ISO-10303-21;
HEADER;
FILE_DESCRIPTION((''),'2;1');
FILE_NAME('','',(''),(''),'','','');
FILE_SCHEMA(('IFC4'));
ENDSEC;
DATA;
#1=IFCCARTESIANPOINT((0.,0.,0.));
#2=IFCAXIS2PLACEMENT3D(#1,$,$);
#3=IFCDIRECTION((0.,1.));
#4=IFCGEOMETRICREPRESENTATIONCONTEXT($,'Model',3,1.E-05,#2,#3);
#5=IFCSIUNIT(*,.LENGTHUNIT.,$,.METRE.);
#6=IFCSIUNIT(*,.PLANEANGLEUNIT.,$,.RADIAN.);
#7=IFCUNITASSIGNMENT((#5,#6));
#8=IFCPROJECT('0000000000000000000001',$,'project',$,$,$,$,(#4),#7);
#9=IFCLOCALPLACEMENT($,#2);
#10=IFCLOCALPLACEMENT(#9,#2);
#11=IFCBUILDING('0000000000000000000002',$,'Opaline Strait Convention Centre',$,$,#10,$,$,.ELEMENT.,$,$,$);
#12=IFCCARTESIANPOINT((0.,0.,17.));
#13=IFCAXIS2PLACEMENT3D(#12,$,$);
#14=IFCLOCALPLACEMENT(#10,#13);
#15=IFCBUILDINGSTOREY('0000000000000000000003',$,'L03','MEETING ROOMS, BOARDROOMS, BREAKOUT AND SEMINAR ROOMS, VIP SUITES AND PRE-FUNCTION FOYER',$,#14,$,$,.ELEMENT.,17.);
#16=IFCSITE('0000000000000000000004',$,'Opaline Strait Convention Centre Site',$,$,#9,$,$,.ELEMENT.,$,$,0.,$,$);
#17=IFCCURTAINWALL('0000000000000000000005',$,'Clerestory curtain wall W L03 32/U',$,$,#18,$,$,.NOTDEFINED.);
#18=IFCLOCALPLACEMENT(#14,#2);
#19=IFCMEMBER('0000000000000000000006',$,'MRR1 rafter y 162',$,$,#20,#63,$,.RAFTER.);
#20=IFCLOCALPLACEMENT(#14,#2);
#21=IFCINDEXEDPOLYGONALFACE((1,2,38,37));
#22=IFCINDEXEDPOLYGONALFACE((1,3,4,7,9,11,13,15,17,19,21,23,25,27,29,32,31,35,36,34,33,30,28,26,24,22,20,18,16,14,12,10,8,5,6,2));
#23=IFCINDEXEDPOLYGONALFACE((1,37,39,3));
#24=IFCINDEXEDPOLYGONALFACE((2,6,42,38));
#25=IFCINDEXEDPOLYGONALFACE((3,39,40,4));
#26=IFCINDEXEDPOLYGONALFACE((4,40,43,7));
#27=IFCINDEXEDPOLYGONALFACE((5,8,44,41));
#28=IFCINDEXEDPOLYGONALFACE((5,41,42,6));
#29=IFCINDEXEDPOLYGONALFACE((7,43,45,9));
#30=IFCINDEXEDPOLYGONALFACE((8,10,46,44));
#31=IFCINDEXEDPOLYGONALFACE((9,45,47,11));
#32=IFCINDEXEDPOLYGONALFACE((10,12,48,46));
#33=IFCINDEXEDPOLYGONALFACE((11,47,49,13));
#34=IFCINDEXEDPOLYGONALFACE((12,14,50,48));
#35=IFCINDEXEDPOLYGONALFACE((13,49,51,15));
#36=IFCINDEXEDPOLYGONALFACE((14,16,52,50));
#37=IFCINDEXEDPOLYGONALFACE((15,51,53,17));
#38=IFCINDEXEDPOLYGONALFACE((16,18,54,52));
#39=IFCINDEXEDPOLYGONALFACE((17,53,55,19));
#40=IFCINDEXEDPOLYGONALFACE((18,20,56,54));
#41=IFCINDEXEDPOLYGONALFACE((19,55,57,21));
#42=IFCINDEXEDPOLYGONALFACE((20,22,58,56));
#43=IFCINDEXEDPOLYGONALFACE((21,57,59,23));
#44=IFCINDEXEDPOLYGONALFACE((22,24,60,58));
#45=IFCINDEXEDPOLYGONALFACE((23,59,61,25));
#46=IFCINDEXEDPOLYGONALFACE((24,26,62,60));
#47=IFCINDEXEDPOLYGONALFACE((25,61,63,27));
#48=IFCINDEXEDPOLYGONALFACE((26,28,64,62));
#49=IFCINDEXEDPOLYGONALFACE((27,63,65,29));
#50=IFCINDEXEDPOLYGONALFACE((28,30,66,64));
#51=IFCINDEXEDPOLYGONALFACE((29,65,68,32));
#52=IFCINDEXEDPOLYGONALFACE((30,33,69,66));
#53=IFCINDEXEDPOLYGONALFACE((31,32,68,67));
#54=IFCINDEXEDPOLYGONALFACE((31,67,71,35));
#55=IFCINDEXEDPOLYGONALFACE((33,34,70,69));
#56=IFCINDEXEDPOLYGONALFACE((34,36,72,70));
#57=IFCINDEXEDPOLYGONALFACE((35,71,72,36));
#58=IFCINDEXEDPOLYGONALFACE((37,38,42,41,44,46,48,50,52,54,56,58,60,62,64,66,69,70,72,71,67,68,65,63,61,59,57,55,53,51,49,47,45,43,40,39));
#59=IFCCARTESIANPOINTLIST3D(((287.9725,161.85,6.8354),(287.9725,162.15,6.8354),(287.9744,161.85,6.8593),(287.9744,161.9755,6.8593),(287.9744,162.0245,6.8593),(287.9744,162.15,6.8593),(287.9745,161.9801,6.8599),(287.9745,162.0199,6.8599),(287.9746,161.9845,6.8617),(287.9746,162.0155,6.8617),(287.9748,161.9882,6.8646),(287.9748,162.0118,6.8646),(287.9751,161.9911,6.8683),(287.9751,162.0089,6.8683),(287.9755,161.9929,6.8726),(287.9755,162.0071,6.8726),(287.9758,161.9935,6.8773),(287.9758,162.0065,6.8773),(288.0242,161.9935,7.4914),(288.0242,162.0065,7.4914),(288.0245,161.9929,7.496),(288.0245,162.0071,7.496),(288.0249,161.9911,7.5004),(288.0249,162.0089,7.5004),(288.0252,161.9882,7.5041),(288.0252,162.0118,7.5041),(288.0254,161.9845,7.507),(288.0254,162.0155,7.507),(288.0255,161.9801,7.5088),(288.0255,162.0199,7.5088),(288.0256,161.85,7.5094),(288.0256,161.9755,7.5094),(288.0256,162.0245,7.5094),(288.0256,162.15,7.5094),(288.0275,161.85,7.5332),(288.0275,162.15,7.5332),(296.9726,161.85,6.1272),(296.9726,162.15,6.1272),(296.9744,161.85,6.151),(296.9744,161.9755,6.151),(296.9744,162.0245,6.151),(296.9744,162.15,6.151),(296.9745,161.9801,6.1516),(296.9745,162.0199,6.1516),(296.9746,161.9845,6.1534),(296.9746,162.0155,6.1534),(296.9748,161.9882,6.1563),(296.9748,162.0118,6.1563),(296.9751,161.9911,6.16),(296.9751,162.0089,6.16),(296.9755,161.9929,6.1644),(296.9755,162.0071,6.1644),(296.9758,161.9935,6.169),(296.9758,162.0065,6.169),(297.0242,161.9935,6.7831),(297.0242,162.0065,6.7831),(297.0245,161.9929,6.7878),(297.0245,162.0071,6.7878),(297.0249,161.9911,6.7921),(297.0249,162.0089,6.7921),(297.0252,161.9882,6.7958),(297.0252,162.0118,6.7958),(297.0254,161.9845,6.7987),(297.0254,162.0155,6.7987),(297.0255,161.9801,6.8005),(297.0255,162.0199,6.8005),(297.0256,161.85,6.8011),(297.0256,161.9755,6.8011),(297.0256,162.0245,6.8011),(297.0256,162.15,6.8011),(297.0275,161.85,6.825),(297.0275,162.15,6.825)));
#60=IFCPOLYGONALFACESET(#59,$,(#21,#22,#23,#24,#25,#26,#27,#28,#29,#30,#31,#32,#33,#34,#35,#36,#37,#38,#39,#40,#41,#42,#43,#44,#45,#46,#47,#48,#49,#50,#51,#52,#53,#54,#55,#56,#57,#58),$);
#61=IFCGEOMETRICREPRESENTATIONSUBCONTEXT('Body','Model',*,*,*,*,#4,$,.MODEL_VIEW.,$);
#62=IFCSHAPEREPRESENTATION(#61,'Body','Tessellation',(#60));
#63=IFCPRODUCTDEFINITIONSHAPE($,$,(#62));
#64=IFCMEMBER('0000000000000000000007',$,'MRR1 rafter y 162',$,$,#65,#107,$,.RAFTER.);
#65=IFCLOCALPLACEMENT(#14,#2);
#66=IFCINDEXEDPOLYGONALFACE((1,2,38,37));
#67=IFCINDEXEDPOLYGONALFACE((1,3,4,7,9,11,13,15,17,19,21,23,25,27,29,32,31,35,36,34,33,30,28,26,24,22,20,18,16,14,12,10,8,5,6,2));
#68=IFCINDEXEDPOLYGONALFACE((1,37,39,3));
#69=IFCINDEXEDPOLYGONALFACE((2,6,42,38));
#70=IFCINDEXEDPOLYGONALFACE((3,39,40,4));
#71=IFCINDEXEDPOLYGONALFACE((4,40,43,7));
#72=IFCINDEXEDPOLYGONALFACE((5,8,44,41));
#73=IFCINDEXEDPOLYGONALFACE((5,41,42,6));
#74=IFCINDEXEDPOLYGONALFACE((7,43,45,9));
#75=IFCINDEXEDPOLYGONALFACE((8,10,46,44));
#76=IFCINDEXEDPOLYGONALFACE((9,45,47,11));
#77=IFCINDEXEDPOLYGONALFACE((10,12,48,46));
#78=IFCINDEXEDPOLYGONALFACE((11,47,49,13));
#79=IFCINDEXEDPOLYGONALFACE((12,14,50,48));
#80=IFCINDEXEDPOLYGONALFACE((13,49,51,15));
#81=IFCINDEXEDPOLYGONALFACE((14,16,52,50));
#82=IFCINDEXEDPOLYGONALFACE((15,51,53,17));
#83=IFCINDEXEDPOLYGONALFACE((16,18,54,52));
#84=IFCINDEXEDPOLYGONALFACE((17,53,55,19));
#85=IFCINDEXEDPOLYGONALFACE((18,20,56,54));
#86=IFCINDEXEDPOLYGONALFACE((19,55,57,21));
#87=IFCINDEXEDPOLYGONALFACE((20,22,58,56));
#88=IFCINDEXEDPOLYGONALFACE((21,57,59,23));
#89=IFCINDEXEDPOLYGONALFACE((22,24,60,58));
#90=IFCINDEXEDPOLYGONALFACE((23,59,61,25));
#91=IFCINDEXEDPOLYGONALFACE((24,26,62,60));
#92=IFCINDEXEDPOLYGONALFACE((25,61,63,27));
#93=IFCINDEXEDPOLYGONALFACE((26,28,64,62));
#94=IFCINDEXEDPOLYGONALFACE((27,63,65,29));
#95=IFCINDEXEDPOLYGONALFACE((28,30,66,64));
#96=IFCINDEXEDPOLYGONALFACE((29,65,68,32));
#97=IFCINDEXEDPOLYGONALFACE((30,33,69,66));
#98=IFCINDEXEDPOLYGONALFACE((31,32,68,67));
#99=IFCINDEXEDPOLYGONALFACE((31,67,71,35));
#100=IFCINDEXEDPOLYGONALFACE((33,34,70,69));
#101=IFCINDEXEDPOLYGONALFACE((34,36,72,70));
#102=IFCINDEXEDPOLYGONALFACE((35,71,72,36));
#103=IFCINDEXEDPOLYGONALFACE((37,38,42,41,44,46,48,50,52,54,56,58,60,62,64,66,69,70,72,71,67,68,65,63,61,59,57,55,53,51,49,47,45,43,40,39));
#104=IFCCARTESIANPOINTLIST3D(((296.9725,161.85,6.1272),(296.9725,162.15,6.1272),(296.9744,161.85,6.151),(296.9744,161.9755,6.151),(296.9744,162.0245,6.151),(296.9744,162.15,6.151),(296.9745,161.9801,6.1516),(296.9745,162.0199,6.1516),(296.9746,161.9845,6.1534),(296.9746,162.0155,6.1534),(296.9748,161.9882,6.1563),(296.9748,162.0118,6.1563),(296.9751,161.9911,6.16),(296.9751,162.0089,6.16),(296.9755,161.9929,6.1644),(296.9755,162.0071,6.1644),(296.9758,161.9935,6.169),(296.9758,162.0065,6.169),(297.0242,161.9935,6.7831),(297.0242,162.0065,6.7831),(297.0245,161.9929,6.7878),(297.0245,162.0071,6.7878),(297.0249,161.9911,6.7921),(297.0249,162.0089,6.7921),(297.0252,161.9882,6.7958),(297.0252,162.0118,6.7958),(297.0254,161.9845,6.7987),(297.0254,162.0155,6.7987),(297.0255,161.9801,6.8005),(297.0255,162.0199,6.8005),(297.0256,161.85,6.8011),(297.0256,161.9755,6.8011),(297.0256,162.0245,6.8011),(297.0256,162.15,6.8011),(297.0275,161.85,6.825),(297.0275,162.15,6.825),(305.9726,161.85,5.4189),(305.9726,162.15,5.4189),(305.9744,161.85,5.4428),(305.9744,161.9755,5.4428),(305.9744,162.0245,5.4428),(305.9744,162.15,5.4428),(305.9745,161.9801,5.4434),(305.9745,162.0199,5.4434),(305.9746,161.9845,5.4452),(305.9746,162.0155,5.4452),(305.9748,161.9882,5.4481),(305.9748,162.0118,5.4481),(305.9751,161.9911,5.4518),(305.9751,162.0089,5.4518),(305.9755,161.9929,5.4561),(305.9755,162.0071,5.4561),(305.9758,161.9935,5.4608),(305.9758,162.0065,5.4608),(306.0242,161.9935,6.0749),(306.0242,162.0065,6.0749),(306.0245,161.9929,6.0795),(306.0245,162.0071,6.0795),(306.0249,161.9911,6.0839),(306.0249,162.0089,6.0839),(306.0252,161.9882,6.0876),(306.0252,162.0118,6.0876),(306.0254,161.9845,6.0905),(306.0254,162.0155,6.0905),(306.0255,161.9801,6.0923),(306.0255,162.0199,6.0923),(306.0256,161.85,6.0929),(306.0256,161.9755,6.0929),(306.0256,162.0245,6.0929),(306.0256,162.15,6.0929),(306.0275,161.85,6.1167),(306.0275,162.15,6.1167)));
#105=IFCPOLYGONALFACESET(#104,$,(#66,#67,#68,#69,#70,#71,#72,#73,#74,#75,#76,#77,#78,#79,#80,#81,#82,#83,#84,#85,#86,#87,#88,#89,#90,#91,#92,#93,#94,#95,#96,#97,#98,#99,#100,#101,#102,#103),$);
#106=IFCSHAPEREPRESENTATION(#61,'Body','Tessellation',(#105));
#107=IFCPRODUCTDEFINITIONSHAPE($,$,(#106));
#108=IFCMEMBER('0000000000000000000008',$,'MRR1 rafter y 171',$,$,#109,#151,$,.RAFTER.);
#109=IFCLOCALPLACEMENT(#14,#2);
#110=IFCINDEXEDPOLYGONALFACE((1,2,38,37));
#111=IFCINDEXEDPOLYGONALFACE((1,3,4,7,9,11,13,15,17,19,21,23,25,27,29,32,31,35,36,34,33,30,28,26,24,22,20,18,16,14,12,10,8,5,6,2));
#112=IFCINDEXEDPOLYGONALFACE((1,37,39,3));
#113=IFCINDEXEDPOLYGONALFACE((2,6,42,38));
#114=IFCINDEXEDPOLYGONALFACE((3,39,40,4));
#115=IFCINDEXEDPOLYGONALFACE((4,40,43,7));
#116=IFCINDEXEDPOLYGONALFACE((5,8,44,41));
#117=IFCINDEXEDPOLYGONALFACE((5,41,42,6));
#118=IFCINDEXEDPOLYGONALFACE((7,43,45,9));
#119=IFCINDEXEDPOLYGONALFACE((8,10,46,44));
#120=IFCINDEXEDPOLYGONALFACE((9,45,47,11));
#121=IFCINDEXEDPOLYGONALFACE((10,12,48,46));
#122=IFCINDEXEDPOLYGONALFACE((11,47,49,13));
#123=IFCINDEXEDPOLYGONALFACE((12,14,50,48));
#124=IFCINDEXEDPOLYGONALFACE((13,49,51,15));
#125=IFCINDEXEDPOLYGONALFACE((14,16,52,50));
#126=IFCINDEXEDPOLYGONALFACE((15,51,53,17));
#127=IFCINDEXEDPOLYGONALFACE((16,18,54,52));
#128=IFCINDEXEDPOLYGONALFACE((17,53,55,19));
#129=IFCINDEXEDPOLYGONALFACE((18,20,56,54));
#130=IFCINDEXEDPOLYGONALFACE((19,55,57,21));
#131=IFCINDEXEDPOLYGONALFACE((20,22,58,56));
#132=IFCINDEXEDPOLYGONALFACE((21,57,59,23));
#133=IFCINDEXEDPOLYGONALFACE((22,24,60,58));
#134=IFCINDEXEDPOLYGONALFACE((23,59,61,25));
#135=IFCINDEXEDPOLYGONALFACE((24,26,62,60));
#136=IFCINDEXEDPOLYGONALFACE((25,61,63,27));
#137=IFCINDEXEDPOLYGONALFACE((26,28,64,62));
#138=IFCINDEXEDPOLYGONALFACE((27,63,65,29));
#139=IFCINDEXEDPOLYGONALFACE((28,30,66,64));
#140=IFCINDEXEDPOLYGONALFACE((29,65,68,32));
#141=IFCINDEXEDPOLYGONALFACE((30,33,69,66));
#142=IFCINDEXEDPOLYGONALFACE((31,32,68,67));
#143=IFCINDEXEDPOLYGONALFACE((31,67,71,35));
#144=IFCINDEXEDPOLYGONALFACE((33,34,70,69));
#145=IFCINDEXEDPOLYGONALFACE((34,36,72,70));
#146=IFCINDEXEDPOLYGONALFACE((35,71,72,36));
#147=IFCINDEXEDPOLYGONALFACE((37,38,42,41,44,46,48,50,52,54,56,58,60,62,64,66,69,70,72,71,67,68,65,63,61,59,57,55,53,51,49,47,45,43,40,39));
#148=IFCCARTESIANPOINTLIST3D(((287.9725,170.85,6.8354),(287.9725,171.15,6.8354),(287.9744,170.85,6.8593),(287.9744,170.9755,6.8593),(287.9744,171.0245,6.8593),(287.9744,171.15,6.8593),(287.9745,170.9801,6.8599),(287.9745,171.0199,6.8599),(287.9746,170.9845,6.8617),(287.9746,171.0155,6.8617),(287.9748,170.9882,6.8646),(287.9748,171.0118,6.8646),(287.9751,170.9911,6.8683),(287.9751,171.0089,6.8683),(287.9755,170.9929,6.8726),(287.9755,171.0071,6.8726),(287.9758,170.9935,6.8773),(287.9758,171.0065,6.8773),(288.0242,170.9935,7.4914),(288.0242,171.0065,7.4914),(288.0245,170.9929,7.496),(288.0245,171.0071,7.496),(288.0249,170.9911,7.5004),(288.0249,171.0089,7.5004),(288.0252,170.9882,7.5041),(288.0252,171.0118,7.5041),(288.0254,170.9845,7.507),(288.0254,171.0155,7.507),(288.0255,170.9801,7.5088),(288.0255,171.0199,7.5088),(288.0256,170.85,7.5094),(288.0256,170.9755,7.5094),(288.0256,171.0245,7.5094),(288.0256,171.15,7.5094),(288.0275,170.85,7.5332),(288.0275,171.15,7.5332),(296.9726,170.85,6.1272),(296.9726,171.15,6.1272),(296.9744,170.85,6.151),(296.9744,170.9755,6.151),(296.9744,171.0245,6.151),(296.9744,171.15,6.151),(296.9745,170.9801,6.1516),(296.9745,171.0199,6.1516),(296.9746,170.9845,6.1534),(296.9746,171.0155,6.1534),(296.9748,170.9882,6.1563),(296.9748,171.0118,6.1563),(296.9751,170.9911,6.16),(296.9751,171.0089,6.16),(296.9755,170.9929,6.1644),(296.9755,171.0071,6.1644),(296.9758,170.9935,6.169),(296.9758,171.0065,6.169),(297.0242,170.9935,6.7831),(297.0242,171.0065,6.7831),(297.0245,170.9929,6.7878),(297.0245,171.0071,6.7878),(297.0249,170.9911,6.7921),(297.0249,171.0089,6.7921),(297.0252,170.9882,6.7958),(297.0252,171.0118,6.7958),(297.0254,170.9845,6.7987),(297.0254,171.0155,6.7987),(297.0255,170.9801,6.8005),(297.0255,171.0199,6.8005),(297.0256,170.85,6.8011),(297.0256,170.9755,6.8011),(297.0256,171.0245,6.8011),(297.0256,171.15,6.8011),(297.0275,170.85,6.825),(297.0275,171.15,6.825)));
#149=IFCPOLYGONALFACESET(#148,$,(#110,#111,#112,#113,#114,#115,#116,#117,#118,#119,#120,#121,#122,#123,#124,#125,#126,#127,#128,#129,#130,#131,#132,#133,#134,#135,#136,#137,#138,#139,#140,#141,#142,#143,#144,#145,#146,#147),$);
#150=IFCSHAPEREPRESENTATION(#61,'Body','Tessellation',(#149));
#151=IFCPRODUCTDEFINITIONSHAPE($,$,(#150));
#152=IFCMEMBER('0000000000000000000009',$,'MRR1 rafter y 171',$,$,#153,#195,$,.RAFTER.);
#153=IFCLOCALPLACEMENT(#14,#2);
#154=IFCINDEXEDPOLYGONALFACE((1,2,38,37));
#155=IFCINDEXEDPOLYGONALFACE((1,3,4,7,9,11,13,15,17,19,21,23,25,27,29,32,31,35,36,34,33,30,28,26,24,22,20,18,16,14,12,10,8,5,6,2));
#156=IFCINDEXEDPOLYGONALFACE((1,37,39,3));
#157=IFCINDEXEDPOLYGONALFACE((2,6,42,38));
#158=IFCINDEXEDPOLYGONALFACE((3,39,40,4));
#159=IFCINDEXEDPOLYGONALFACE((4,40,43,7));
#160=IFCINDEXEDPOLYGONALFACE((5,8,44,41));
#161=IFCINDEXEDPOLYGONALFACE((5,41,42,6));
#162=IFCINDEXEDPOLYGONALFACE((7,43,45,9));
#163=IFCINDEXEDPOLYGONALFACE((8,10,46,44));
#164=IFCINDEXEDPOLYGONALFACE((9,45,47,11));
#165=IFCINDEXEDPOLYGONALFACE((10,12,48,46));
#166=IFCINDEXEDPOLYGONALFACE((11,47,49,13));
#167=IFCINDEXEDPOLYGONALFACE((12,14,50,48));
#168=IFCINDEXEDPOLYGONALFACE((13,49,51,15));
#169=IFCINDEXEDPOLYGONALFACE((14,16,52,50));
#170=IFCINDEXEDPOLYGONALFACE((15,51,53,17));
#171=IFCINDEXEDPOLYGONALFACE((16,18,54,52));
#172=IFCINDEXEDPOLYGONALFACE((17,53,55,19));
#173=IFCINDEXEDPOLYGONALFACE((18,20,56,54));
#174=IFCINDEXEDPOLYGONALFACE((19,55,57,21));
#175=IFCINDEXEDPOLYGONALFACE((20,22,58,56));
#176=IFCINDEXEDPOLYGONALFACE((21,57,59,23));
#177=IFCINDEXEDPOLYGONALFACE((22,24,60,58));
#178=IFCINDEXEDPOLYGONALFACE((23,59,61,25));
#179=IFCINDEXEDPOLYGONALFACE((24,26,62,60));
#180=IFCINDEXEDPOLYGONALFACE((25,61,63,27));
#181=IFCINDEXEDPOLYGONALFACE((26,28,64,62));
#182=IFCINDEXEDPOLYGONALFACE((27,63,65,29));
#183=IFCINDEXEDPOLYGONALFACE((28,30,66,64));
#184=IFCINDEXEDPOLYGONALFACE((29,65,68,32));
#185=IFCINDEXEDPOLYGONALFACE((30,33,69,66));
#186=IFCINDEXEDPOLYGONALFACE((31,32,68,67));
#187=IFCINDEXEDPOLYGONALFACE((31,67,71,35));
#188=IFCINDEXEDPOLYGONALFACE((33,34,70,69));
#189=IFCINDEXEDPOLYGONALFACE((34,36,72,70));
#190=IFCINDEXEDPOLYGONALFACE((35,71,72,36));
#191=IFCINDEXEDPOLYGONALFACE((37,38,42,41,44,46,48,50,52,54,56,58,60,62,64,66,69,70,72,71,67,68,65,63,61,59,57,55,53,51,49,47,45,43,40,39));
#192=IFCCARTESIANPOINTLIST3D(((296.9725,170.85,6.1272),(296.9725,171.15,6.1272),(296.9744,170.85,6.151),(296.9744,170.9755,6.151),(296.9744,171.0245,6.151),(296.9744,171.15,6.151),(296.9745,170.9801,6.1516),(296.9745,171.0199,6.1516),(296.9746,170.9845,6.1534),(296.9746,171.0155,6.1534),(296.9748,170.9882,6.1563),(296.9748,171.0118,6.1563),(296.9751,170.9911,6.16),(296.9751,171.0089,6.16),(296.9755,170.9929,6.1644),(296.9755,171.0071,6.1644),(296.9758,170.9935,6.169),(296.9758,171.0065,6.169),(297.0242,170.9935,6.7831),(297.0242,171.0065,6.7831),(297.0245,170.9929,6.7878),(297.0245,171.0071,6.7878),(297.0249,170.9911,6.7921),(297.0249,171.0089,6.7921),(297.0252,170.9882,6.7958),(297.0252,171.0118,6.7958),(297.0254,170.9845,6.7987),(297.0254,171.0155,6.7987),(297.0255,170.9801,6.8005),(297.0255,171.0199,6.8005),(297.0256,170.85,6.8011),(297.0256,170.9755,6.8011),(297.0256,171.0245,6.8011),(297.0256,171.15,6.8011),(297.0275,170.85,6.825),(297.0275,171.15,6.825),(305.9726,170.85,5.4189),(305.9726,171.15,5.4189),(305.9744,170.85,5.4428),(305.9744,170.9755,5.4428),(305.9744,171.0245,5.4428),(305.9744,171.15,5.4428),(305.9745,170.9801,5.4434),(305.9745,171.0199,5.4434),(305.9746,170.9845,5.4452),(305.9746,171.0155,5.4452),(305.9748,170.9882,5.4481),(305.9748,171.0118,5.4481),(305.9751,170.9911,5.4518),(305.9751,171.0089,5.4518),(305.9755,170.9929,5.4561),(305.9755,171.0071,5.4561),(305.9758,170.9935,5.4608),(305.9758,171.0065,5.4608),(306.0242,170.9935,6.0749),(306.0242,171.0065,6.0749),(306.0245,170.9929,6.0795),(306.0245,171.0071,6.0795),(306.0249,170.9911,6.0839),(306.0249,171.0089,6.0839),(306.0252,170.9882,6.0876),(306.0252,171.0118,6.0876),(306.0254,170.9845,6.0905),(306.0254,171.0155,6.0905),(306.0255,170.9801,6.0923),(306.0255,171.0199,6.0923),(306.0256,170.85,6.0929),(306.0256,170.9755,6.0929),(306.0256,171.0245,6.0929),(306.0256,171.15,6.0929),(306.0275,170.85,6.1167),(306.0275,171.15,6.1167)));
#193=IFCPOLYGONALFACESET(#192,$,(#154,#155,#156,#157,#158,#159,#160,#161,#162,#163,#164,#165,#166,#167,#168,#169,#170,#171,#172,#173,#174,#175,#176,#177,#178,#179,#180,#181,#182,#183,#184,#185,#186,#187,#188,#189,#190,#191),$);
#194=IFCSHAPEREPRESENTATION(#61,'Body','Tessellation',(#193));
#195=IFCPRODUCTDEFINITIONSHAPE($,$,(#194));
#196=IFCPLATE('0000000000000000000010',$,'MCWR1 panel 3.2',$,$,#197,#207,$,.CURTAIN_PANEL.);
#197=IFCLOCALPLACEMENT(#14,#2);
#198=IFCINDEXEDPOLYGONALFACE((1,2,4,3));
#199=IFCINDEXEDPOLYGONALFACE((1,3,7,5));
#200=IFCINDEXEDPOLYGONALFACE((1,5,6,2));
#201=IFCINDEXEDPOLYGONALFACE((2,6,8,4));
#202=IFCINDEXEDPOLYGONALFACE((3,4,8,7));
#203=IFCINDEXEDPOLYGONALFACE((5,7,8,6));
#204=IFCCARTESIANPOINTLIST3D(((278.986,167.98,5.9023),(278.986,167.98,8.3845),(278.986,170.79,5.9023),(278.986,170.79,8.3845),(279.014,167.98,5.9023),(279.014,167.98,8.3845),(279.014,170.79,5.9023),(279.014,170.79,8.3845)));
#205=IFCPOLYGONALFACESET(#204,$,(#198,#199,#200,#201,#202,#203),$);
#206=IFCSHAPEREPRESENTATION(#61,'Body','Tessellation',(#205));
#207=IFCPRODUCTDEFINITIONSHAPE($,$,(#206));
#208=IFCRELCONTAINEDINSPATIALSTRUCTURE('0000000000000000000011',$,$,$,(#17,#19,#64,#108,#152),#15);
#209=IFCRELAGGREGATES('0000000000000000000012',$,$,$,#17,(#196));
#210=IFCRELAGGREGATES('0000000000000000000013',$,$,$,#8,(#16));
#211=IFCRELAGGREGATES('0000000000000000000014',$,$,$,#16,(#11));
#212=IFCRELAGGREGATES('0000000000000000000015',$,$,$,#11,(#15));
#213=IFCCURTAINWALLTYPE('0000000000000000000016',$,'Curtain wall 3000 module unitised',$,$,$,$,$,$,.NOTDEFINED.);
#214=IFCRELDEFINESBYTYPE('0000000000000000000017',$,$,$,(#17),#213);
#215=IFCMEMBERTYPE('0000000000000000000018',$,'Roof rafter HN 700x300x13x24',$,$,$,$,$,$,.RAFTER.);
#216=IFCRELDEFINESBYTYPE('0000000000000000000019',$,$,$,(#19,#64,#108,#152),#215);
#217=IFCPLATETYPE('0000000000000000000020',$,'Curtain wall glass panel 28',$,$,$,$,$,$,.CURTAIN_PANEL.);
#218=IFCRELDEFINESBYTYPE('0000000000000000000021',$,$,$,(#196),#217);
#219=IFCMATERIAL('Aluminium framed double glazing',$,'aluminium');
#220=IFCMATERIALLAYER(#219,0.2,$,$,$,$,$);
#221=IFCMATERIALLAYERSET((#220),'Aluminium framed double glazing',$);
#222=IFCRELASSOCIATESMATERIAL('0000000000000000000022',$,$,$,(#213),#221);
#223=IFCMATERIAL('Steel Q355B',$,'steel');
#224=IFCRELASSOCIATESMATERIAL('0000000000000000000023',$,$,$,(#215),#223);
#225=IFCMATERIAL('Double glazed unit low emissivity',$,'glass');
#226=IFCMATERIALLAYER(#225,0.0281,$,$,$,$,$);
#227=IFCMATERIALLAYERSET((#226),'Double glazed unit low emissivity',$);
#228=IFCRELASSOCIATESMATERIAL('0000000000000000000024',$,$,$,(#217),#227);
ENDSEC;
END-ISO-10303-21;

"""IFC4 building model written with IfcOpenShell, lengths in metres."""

from ifc_helpers import new_model, si_unit, direction, frame, origin, origin_2d, place, context, subcontext, project, spatial, rectangle, i_section, extrude, material, layer, layer_set, material_profile, profile_set, type_object, element, aggregate, save


model = new_model("IFC4")

# Units and contexts
model_context = context("Model", 3, precision=1e-05, world=origin(), true_north=direction((0.0, 1.0)))
body_context = subcontext(model_context, "Body", "Model", "MODEL_VIEW")
ifc_project = project(units=[si_unit("LENGTHUNIT", "METRE"), si_unit("PLANEANGLEUNIT", "RADIAN")], contexts=[model_context])

# Site, building, storey
site_placement = place(None, origin())
site = spatial("IfcSite", under=ifc_project, at=site_placement, Name="Opaline Strait Convention Centre Site", CompositionType="ELEMENT", RefElevation=0.0)
building_placement = place(site_placement, origin())
building = spatial("IfcBuilding", under=site, at=building_placement, Name="Opaline Strait Convention Centre", CompositionType="ELEMENT")
storey_placement = place(building_placement, frame((0.0, 0.0, 17.0)))
storey = spatial("IfcBuildingStorey", under=building, at=storey_placement, Name="L03", Description="MEETING ROOMS, BOARDROOMS, BREAKOUT AND SEMINAR ROOMS, VIP SUITES AND PRE-FUNCTION FOYER", CompositionType="ELEMENT", Elevation=17.0)

# Shared definitions
ifc_material_1 = material(Name="Steel Q355B", Category="steel")

# Curtain wall
ifc_material_2 = material(Name="Aluminium framed double glazing", Category="aluminium")
ifc_layer_1 = layer(ifc_material_2, 0.2)
ifc_layer_set_1 = layer_set([ifc_layer_1], Name="Aluminium framed double glazing")
curtain_wall_type = type_object("IfcCurtainWallType", Name="Curtain wall 3000 module unitised", PredefinedType="NOTDEFINED", material=ifc_layer_set_1)
curtain_wall_placement = place(storey_placement, origin())
curtain_wall = element("IfcCurtainWall", 1, at=curtain_wall_placement, inside=storey, type_object=curtain_wall_type, Name="Clerestory curtain wall W L03 32/U", PredefinedType="NOTDEFINED")

# Members
ifc_material_profile_1 = material_profile(ifc_material_1, i_section(OverallWidth=0.3, OverallDepth=0.7, WebThickness=0.0129, FlangeThickness=0.0239, FilletRadius=0.0181, at=origin_2d()), Name="HN 700x300x13x24")
ifc_profile_set_1 = profile_set([ifc_material_profile_1], Name="Steel Q355B")
member_type_1 = type_object("IfcMemberType", Name="Roof rafter HN 700x300x13x24", PredefinedType="RAFTER", material=ifc_profile_set_1)
for number, where, z_axis, x_axis, name in (
    (2, (288.0, 162.0, 7.1843), (0.996918, 0.0, -0.078452), (0.0, 1.0, 0.0), "MRR1 rafter y 162"),
    (3, (297.0, 162.0, 6.4761), (0.996918, 0.0, -0.078452), (0.0, 1.0, 0.0), "MRR1 rafter y 162"),
    (4, (288.0, 171.0, 7.1843), (0.996918, 0.0, -0.078452), (0.0, 1.0, 0.0), "MRR1 rafter y 171"),
    (5, (297.0, 171.0, 6.4761), (0.996918, 0.0, -0.078452), (0.0, 1.0, 0.0), "MRR1 rafter y 171"),
):
    element("IfcMember", number, at=place(storey_placement, frame(where, z_axis=z_axis, x_axis=x_axis)), inside=storey, type_object=member_type_1, Name=name, PredefinedType="RAFTER", context=body_context, shape_type="SweptSolid", body=[
        extrude(i_section(OverallWidth=0.3, OverallDepth=0.7, WebThickness=0.0129, FlangeThickness=0.0239, FilletRadius=0.0181, at=origin_2d()), origin(), (0.0, 0.0, 1.0), 9.0278),
    ])

# Plate
ifc_material_3 = material(Name="Double glazed unit low emissivity", Category="glass")
ifc_layer_2 = layer(ifc_material_3, 0.0281)
ifc_layer_set_2 = layer_set([ifc_layer_2], Name="Double glazed unit low emissivity")
plate_type = type_object("IfcPlateType", Name="Curtain wall glass panel 28", PredefinedType="CURTAIN_PANEL", material=ifc_layer_set_2)
plate_placement = place(storey_placement, frame((279.0, 169.385, 5.9023), z_axis=(0.0, 0.0, 1.0), x_axis=(0.0, 1.0, 0.0)))
plate = element("IfcPlate", 6, at=plate_placement, type_object=plate_type, Name="MCWR1 panel 3.2", PredefinedType="CURTAIN_PANEL", context=body_context, shape_type="SweptSolid", body=[
    extrude(rectangle(XDim=2.8101, YDim=0.0281, at=origin_2d()), origin(), (0.0, 0.0, 1.0), 2.4822),
])
aggregate(curtain_wall, [plate])

save(model, "model.ifc")
